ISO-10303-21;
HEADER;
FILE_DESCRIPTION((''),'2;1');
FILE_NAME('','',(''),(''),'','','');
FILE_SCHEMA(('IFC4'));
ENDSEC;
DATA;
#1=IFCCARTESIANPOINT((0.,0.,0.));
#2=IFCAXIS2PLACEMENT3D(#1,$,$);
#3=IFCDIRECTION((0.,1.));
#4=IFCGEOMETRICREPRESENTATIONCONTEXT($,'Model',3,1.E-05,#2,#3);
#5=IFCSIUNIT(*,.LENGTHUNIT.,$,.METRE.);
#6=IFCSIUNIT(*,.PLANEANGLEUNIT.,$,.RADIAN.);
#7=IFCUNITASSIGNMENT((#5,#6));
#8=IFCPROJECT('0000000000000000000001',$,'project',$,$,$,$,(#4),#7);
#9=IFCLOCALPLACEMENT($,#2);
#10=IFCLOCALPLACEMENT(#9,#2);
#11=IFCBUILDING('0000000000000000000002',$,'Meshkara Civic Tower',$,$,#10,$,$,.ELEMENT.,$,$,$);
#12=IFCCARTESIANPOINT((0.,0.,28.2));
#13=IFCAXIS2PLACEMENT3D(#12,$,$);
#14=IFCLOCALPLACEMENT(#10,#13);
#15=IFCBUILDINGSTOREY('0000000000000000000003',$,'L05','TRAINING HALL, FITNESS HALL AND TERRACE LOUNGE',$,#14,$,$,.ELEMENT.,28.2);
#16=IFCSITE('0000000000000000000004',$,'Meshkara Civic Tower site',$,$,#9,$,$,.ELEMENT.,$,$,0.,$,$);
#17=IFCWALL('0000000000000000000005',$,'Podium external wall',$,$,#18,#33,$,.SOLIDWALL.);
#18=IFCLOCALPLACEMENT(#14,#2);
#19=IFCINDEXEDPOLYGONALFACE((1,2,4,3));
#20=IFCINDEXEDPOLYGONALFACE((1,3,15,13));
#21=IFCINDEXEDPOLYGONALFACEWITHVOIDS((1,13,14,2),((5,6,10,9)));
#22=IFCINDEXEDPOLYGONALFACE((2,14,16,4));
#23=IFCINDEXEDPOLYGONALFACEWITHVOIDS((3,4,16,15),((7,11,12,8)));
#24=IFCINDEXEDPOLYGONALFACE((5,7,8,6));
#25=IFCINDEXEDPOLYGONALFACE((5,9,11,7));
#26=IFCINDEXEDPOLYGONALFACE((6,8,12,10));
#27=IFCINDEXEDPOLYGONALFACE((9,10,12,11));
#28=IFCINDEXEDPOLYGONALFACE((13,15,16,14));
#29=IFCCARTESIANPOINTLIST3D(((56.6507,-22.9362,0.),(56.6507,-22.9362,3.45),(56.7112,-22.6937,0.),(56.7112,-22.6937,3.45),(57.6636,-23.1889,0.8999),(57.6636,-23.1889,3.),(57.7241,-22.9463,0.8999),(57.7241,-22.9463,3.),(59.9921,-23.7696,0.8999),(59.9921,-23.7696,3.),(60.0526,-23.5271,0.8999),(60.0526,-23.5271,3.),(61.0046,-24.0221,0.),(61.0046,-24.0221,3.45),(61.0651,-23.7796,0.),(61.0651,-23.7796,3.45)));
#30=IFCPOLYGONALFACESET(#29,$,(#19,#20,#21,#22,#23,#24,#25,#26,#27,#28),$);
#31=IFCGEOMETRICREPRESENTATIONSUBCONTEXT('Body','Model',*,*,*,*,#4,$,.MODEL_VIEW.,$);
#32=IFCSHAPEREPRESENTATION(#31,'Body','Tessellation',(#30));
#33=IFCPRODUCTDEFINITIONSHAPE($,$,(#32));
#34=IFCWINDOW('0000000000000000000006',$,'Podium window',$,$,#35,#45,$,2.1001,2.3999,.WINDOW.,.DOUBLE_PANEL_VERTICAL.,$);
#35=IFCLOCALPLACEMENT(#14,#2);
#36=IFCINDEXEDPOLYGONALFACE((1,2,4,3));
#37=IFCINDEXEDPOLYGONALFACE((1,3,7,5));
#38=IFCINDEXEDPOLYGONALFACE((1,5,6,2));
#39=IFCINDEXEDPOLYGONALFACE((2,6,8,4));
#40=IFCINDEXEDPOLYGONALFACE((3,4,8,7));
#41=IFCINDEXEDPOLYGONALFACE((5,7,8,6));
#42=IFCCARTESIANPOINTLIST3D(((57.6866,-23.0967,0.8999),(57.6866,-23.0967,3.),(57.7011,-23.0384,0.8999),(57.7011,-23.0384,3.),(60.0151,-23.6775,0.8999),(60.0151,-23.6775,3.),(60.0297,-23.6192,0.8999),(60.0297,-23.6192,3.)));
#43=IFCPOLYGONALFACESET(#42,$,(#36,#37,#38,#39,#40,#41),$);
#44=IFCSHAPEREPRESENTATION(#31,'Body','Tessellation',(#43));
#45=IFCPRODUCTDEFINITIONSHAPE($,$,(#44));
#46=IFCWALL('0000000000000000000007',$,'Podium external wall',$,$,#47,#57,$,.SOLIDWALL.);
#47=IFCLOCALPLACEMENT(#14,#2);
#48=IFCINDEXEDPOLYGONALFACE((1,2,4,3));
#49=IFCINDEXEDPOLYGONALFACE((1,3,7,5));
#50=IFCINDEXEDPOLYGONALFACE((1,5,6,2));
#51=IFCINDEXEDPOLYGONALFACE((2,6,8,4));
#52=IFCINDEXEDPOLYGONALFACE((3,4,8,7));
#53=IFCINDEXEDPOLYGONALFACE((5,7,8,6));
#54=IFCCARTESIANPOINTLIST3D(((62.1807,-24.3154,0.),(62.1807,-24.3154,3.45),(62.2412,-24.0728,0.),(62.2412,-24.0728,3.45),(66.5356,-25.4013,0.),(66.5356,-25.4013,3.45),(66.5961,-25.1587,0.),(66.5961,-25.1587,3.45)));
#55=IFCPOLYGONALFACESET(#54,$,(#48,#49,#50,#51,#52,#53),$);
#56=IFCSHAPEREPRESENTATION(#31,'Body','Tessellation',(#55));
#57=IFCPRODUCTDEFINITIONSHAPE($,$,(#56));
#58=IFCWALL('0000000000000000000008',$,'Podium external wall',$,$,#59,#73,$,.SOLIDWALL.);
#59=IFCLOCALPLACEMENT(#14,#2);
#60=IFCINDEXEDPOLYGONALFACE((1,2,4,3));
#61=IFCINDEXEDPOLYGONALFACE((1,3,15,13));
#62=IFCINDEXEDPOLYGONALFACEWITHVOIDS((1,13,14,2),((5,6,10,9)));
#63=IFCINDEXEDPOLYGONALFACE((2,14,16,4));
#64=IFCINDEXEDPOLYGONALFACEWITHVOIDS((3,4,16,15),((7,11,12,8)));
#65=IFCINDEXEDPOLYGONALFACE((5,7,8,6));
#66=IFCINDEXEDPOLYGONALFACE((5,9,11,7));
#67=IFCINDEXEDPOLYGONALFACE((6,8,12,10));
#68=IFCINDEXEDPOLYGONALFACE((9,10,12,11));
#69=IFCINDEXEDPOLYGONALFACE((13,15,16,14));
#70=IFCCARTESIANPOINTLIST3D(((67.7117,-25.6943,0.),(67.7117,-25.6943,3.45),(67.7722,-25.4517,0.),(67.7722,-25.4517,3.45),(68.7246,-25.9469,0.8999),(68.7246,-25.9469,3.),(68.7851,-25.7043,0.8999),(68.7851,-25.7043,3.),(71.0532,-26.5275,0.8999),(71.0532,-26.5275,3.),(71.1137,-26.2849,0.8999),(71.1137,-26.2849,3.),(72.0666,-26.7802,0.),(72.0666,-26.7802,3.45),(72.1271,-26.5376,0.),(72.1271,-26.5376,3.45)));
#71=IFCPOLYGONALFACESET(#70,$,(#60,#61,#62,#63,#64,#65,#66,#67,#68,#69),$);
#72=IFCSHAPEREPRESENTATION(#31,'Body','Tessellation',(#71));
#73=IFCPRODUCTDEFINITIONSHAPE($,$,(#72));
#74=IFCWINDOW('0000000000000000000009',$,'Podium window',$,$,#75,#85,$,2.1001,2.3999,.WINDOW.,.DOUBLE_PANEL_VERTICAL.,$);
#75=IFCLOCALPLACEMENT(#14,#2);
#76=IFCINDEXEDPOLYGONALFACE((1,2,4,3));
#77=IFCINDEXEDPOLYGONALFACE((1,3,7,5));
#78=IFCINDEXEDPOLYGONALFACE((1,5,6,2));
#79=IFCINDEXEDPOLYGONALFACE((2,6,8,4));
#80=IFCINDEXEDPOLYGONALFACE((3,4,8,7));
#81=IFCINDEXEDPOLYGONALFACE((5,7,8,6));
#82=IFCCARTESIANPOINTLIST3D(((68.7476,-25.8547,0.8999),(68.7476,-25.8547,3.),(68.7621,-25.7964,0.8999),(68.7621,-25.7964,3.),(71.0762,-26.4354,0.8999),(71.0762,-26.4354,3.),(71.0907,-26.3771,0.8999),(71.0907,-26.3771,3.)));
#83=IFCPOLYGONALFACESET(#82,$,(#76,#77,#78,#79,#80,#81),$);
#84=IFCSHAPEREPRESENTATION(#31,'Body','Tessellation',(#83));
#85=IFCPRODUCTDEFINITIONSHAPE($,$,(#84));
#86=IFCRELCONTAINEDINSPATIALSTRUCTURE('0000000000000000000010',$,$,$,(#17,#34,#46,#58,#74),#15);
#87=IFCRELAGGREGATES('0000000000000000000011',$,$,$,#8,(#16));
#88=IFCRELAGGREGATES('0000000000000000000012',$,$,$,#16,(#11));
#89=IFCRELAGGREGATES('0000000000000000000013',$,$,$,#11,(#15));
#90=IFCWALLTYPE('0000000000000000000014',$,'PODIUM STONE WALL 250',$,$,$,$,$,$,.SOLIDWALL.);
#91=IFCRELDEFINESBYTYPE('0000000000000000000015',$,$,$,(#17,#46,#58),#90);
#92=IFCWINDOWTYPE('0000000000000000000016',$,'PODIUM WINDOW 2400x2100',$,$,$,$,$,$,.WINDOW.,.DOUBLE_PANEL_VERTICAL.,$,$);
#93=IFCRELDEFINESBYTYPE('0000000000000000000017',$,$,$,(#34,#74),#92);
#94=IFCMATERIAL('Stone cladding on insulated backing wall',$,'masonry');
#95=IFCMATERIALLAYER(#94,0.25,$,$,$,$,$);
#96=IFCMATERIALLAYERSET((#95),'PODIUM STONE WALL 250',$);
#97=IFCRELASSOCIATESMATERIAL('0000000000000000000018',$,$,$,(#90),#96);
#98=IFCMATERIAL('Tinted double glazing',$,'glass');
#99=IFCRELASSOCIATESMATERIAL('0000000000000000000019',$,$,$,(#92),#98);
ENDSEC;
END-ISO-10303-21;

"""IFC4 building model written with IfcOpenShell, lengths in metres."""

from ifc_helpers import new_model, si_unit, direction, frame, frame_2d, origin, place, context, subcontext, project, spatial, rectangle, extrude, material, layer, layer_set, type_object, element, fill, save


model = new_model("IFC4")

# Units and contexts
model_context = context("Model", 3, precision=1e-05, world=origin(), true_north=direction((0.0, 1.0)))
body_context = subcontext(model_context, "Body", "Model", "MODEL_VIEW")
ifc_project = project(units=[si_unit("LENGTHUNIT", "METRE"), si_unit("PLANEANGLEUNIT", "RADIAN")], contexts=[model_context])

# Site, building, storey
site_placement = place(None, origin())
site = spatial("IfcSite", under=ifc_project, at=site_placement, Name="Meshkara Civic Tower site", CompositionType="ELEMENT", RefElevation=0.0)
building_placement = place(site_placement, origin())
building = spatial("IfcBuilding", under=site, at=building_placement, Name="Meshkara Civic Tower", CompositionType="ELEMENT")
storey_placement = place(building_placement, frame((0.0, 0.0, 28.2)))
storey = spatial("IfcBuildingStorey", under=building, at=storey_placement, Name="L05", Description="TRAINING HALL, FITNESS HALL AND TERRACE LOUNGE", CompositionType="ELEMENT", Elevation=28.2)

# Wall, opening, window
ifc_material_1 = material(Name="Stone cladding on insulated backing wall", Category="masonry")
ifc_layer_1 = layer(ifc_material_1, 0.25)
ifc_layer_set_1 = layer_set([ifc_layer_1], Name="PODIUM STONE WALL 250")
wall_type_1 = type_object("IfcWallType", Name="PODIUM STONE WALL 250", PredefinedType="SOLIDWALL", material=ifc_layer_set_1)
wall_1_placement = place(storey_placement, frame((56.6809, -22.8149, 0.0), z_axis=(0.0, 0.0, 1.0), x_axis=(0.970277, -0.241998, 0.0)))
wall_1 = element("IfcWall", 1, at=wall_1_placement, inside=storey, type_object=wall_type_1, Name="Podium external wall", PredefinedType="SOLIDWALL", context=body_context, shape_type="SweptSolid", body=[
    extrude(rectangle(XDim=4.4873, YDim=0.25, at=frame_2d((2.2437, 0.0))), origin(), (0.0, 0.0, 1.0), 3.45),
])
opening_1_placement = place(wall_1_placement, frame((1.0439, 0.0, 0.8999)))
opening_1 = element("IfcOpeningElement", 2, at=opening_1_placement, cuts=wall_1, PredefinedType="OPENING", context=body_context, shape_type="SweptSolid", body=[
    extrude(rectangle(XDim=2.3999, YDim=2.1001, at=frame_2d((1.2, 1.05))), frame((0.0, 0.135, 0.0), z_axis=(0.0, -1.0, 0.0), x_axis=(1.0, 0.0, 0.0)), (0.0, 0.0, 1.0), 0.27),
])
ifc_material_2 = material(Name="Tinted double glazing", Category="glass")
window_type = type_object("IfcWindowType", Name="PODIUM WINDOW 2400x2100", PartitioningType="DOUBLE_PANEL_VERTICAL", PredefinedType="WINDOW", material=ifc_material_2)
window_1_placement = place(opening_1_placement, origin())
window_1 = element("IfcWindow", 3, at=window_1_placement, inside=storey, type_object=window_type, Name="Podium window", OverallHeight=2.1001, OverallWidth=2.3999, PartitioningType="DOUBLE_PANEL_VERTICAL", PredefinedType="WINDOW", context=body_context, shape_type="SweptSolid", body=[
    extrude(rectangle(XDim=2.3999, YDim=2.1001, at=frame_2d((1.2, 1.05))), frame((0.0, 0.03, 0.0), z_axis=(0.0, -1.0, 0.0), x_axis=(1.0, 0.0, 0.0)), (0.0, 0.0, 1.0), 0.0601),
])
fill(opening_1, window_1)

# Wall
wall_2_placement = place(storey_placement, frame((62.2109, -24.1941, 0.0), z_axis=(0.0, 0.0, 1.0), x_axis=(0.97029, -0.241947, 0.0)))
element("IfcWall", 4, at=wall_2_placement, inside=storey, type_object=wall_type_1, Name="Podium external wall", PredefinedType="SOLIDWALL", context=body_context, shape_type="SweptSolid", body=[
    extrude(rectangle(XDim=4.4883, YDim=0.25, at=frame_2d((2.2441, 0.0))), origin(), (0.0, 0.0, 1.0), 3.45),
])

# Wall, opening, window
wall_3_placement = place(storey_placement, frame((67.7419, -25.573, 0.0), z_axis=(0.0, 0.0, 1.0), x_axis=(0.97029, -0.241947, 0.0)))
wall_3 = element("IfcWall", 5, at=wall_3_placement, inside=storey, type_object=wall_type_1, Name="Podium external wall", PredefinedType="SOLIDWALL", context=body_context, shape_type="SweptSolid", body=[
    extrude(rectangle(XDim=4.4883, YDim=0.25, at=frame_2d((2.2441, 0.0))), origin(), (0.0, 0.0, 1.0), 3.45),
])
opening_2_placement = place(wall_3_placement, frame((1.0439, 0.0, 0.8999)))
opening_2 = element("IfcOpeningElement", 6, at=opening_2_placement, cuts=wall_3, PredefinedType="OPENING", context=body_context, shape_type="SweptSolid", body=[
    extrude(rectangle(XDim=2.3999, YDim=2.1001, at=frame_2d((1.2, 1.05))), frame((0.0, 0.135, 0.0), z_axis=(0.0, -1.0, 0.0), x_axis=(1.0, 0.0, 0.0)), (0.0, 0.0, 1.0), 0.27),
])
window_2_placement = place(opening_2_placement, origin())
window_2 = element("IfcWindow", 7, at=window_2_placement, inside=storey, type_object=window_type, Name="Podium window", OverallHeight=2.1001, OverallWidth=2.3999, PartitioningType="DOUBLE_PANEL_VERTICAL", PredefinedType="WINDOW", context=body_context, shape_type="SweptSolid", body=[
    extrude(rectangle(XDim=2.3999, YDim=2.1001, at=frame_2d((1.2, 1.05))), frame((0.0, 0.03, 0.0), z_axis=(0.0, -1.0, 0.0), x_axis=(1.0, 0.0, 0.0)), (0.0, 0.0, 1.0), 0.0601),
])
fill(opening_2, window_2)

save(model, "model.ifc")
